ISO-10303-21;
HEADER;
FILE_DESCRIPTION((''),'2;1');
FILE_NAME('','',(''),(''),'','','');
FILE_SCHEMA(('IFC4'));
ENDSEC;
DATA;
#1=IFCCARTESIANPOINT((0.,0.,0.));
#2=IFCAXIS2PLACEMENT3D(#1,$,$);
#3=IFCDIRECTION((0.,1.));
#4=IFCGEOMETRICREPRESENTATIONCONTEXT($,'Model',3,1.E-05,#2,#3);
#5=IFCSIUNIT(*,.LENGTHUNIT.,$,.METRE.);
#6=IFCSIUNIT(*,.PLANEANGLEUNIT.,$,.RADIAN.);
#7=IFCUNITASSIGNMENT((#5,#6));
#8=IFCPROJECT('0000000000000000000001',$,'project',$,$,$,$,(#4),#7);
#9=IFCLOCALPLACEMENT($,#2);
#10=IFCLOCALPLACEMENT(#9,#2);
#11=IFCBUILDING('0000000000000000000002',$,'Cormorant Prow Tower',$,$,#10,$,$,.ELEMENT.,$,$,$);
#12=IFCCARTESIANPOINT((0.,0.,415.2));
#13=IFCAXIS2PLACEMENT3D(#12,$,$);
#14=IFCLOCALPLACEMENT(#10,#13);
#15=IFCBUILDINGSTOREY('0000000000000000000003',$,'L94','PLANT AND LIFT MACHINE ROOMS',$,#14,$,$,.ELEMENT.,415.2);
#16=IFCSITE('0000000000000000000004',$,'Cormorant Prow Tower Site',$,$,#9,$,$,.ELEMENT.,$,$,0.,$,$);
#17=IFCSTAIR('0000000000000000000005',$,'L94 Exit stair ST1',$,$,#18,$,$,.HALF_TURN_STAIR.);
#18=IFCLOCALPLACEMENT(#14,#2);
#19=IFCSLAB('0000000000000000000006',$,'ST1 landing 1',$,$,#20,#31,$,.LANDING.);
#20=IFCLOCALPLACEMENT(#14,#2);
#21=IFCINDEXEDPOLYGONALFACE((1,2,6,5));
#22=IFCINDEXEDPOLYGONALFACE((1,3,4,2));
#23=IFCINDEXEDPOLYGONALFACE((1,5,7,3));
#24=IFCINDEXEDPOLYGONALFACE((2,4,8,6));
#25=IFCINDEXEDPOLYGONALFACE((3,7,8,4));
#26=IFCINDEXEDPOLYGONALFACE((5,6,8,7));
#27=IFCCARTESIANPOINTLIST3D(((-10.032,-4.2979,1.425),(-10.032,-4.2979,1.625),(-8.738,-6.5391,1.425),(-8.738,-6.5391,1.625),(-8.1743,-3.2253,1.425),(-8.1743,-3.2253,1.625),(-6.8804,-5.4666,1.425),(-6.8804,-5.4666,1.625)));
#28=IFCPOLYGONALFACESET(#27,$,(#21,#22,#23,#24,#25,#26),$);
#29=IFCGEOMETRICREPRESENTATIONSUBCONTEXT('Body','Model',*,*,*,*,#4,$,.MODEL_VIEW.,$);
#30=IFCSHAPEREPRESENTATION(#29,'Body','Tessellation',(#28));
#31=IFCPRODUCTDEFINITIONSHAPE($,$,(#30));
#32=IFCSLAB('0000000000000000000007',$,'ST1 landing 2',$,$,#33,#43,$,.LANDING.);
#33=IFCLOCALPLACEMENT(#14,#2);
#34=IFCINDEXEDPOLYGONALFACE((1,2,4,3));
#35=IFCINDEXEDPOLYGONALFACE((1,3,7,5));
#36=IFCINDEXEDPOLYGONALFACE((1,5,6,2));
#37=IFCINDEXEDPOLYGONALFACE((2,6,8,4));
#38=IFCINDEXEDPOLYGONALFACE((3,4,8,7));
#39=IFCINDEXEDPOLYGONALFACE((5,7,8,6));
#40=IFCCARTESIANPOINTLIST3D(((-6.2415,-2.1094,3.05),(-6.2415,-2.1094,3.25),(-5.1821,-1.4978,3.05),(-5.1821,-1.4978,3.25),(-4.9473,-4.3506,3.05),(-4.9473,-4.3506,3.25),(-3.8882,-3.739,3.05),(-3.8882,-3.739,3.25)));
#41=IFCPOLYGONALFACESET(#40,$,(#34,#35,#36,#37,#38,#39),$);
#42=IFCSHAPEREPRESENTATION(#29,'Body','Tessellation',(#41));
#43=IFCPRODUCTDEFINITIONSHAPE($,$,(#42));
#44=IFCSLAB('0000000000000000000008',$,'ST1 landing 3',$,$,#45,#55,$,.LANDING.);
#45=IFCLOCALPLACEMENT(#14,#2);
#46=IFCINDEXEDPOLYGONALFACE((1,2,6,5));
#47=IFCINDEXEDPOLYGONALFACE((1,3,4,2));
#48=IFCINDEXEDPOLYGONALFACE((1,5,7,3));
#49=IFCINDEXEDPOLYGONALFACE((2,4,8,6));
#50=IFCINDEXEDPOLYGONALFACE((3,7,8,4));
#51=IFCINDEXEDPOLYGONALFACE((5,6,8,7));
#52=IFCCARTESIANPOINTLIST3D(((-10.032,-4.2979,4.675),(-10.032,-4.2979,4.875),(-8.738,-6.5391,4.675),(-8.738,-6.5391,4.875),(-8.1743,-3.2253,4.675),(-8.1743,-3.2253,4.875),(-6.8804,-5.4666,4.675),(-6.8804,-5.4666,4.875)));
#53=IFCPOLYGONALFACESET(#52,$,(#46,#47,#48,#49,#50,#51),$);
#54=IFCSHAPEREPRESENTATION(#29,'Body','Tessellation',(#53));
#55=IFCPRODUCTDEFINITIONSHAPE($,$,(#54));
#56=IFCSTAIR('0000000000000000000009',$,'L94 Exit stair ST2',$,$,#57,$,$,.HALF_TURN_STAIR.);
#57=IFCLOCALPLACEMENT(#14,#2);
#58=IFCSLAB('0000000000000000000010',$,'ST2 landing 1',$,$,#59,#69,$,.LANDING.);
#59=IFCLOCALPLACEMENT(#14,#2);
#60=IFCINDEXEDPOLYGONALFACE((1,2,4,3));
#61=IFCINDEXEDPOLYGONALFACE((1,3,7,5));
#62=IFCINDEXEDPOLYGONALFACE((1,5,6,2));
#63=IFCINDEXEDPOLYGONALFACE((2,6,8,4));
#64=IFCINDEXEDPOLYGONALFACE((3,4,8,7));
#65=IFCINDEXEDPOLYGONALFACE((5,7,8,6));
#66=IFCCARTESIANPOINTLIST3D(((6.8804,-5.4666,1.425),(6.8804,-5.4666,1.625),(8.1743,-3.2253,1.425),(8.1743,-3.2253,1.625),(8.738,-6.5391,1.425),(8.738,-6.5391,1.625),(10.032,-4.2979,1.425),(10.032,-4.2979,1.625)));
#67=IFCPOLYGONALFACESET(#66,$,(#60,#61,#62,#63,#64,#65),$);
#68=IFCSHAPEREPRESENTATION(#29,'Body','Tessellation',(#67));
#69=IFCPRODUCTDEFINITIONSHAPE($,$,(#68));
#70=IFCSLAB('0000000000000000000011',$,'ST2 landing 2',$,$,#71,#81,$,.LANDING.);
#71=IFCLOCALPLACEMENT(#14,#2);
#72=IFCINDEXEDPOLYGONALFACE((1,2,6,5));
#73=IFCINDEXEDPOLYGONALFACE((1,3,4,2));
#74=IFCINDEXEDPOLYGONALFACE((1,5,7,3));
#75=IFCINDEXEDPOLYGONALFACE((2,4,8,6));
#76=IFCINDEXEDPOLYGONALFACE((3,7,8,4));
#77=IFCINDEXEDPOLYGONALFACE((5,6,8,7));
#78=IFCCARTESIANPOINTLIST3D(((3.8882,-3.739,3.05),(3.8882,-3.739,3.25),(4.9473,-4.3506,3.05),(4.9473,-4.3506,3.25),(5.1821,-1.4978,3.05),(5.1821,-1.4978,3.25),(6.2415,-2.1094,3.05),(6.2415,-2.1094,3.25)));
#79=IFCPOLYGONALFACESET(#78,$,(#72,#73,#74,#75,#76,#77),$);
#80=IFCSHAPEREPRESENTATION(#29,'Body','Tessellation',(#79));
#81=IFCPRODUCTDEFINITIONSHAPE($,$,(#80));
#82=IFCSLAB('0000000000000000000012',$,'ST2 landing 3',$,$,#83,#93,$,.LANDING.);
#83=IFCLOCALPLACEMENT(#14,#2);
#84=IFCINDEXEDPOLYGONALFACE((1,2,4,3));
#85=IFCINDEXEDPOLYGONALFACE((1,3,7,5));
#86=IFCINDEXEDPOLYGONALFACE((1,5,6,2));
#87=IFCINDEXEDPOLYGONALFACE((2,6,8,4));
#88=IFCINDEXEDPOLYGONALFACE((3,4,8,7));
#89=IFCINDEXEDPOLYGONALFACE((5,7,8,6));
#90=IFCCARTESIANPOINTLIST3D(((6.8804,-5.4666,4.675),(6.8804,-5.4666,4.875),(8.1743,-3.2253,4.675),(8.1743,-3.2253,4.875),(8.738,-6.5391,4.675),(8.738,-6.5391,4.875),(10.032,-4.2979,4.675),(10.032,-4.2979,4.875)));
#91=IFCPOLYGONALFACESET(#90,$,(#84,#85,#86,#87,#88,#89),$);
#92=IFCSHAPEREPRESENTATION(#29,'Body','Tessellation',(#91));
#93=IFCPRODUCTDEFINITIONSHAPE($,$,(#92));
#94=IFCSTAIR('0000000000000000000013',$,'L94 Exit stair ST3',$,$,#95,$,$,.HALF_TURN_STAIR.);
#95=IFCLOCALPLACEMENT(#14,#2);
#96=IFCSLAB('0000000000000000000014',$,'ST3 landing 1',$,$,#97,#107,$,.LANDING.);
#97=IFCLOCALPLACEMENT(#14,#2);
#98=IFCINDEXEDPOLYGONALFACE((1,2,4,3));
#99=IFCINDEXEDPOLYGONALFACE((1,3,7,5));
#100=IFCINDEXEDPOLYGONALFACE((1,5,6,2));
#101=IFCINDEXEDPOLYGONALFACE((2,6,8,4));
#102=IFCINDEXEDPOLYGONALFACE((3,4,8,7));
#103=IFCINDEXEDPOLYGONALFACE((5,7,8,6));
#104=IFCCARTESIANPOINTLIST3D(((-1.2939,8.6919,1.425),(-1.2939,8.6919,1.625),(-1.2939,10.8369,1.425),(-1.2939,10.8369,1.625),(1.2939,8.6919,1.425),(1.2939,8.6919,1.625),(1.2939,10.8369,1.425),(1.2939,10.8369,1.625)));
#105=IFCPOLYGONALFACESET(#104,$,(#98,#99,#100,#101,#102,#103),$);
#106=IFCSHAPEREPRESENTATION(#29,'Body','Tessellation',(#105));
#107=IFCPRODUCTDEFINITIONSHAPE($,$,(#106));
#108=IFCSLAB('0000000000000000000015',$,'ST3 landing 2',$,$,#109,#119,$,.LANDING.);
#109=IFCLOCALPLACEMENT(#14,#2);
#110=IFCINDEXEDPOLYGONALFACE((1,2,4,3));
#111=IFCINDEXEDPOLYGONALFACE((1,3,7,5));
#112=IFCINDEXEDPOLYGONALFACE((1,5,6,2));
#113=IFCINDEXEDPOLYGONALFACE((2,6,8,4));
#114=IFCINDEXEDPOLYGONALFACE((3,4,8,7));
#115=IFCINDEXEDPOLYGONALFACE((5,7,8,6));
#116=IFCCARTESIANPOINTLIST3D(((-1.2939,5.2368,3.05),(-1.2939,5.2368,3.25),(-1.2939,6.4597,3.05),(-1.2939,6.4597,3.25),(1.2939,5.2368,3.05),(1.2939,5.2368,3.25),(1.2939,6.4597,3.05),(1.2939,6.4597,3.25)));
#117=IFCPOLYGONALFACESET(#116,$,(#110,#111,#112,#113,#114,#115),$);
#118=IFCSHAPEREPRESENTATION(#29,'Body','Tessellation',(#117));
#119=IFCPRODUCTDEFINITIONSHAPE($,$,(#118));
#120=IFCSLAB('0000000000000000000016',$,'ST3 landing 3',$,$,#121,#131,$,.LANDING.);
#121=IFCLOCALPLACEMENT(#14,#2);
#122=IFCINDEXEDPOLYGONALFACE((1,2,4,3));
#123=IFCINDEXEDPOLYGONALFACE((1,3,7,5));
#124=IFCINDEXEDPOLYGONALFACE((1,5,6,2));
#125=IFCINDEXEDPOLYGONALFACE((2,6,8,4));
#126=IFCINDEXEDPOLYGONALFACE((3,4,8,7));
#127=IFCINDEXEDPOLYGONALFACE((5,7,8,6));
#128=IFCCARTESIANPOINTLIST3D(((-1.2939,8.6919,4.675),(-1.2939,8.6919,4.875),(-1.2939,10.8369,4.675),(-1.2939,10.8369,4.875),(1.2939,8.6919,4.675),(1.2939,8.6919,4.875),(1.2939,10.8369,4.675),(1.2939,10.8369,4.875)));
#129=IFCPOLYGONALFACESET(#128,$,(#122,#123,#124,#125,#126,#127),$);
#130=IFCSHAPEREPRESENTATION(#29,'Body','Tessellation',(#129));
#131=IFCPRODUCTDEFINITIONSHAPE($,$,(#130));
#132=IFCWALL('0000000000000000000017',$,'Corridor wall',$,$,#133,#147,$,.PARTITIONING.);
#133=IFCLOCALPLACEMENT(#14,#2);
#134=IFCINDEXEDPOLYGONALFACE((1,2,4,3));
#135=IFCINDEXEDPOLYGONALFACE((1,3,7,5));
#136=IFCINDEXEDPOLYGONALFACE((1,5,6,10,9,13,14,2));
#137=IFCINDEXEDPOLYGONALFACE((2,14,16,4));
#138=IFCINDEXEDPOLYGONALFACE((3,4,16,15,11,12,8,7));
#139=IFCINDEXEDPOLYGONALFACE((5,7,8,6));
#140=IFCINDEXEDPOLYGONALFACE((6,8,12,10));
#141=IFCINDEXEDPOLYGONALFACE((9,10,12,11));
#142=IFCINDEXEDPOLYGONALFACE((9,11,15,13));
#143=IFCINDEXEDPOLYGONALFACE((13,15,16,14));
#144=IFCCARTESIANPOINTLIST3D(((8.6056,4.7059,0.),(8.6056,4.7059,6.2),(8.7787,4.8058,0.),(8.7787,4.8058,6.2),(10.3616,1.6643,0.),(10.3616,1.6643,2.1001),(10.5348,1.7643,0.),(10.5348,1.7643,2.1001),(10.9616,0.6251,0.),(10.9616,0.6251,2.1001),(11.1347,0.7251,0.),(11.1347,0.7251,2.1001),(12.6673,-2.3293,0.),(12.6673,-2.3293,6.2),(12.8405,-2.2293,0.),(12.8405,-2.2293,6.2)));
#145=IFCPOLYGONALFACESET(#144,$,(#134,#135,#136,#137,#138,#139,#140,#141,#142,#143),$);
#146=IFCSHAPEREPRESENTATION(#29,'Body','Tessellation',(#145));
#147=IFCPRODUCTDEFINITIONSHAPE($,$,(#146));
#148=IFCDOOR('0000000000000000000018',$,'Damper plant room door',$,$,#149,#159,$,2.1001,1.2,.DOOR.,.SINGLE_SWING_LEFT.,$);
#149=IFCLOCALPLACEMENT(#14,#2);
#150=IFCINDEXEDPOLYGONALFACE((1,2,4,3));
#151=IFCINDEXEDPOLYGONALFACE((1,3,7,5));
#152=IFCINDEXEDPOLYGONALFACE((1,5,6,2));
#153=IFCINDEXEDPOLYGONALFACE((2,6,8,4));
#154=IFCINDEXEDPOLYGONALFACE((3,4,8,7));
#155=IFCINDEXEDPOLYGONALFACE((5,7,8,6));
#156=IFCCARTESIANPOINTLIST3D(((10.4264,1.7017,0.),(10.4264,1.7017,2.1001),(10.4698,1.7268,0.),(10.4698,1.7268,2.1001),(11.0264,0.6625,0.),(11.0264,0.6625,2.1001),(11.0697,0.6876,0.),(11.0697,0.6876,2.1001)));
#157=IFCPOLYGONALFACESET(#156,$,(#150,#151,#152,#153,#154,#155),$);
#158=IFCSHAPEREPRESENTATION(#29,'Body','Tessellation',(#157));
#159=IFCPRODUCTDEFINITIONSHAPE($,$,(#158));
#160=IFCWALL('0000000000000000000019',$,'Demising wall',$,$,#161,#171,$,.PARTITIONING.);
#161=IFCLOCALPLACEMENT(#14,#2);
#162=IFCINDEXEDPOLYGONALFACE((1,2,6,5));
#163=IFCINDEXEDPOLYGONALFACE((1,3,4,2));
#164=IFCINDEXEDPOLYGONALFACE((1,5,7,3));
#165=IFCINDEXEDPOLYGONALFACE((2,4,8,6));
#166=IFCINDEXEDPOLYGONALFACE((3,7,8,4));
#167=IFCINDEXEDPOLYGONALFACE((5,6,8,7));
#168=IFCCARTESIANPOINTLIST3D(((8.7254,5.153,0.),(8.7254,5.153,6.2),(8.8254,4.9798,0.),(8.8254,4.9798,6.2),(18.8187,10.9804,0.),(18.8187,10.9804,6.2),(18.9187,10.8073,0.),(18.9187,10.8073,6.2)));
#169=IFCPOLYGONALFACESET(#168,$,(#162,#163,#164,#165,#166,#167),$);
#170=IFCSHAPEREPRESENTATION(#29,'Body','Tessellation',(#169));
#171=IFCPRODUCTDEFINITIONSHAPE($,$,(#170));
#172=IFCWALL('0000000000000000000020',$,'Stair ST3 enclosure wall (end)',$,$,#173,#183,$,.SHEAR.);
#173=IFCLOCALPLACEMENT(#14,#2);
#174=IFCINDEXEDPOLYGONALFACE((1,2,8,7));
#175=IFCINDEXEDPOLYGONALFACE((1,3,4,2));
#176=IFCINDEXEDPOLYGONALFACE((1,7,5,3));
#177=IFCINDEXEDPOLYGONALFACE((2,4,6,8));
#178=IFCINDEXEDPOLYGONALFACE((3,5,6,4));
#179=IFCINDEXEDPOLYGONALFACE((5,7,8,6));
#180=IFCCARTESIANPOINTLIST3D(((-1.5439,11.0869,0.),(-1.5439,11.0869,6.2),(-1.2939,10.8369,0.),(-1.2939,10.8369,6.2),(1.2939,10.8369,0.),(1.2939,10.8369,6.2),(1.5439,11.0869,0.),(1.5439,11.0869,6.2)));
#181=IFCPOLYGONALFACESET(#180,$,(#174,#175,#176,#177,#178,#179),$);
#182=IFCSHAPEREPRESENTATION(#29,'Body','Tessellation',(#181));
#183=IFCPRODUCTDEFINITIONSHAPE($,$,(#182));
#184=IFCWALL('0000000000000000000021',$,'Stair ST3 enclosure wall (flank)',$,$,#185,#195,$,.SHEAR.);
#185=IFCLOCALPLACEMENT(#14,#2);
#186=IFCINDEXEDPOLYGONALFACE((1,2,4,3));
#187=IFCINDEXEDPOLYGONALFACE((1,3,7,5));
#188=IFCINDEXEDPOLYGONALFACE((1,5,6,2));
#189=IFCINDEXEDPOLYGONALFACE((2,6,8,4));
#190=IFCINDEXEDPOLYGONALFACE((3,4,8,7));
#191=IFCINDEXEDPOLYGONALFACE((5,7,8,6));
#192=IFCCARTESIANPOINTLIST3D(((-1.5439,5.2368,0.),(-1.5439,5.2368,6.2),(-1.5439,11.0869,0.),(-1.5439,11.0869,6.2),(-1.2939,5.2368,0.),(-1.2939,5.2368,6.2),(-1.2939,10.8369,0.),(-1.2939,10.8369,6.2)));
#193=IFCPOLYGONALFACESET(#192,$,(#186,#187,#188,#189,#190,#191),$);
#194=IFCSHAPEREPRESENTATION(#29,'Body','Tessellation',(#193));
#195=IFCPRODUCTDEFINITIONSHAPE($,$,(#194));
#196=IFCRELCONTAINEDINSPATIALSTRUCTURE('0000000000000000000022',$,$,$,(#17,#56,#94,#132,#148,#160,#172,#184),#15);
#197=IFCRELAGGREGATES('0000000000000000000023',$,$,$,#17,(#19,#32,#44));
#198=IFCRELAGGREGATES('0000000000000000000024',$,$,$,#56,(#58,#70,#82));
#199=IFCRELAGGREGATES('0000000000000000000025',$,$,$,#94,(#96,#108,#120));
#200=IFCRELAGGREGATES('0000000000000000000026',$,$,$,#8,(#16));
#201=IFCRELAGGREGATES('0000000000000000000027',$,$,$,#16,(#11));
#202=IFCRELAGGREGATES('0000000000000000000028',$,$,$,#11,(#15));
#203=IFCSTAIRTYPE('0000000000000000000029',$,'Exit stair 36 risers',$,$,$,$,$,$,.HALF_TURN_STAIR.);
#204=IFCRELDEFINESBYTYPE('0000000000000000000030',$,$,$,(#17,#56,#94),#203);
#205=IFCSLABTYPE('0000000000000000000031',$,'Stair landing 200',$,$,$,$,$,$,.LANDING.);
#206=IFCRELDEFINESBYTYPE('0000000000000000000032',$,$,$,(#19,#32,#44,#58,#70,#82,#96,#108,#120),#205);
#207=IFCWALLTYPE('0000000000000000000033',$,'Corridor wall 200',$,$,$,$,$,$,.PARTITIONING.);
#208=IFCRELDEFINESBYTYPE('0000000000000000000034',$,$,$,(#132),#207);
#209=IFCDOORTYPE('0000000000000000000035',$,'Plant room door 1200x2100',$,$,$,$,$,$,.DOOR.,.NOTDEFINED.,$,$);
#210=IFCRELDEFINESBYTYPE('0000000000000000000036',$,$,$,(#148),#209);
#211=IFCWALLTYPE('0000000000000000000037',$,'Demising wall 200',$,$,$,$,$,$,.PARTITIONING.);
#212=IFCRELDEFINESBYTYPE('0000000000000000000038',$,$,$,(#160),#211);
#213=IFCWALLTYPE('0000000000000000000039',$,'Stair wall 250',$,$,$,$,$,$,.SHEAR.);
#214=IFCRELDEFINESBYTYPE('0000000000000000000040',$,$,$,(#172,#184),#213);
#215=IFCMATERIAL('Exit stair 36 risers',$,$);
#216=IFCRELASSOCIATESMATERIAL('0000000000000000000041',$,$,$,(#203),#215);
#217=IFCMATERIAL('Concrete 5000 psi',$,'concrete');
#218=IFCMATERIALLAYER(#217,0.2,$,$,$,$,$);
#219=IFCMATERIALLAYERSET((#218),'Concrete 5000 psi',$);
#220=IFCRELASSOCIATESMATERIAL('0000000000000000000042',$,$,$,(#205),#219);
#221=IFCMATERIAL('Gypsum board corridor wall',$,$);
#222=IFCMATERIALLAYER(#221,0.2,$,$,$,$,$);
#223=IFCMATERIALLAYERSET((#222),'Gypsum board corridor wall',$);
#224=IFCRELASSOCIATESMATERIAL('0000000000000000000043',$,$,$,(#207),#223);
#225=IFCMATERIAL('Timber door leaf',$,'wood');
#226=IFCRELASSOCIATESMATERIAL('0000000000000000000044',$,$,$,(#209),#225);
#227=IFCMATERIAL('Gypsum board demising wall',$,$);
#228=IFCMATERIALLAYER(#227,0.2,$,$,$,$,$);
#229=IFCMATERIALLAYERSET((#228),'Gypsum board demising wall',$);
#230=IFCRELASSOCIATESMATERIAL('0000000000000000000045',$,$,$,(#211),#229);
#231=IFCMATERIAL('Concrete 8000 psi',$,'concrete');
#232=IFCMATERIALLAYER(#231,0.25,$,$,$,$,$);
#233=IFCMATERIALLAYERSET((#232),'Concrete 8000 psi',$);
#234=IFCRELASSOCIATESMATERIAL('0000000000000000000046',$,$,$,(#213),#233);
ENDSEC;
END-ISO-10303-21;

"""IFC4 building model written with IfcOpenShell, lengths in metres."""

from ifc_helpers import new_model, si_unit, direction, frame, frame_2d, origin, place, context, subcontext, project, spatial, polyline, rectangle, outline, extrude, material, layer, layer_set, type_object, element, fill, aggregate, save


model = new_model("IFC4")

# Units and contexts
model_context = context("Model", 3, precision=1e-05, world=origin(), true_north=direction((0.0, 1.0)))
body_context = subcontext(model_context, "Body", "Model", "MODEL_VIEW")
ifc_project = project(units=[si_unit("LENGTHUNIT", "METRE"), si_unit("PLANEANGLEUNIT", "RADIAN")], contexts=[model_context])

# Site, building, storey
site_placement = place(None, origin())
site = spatial("IfcSite", under=ifc_project, at=site_placement, Name="Cormorant Prow Tower Site", CompositionType="ELEMENT", RefElevation=0.0)
building_placement = place(site_placement, origin())
building = spatial("IfcBuilding", under=site, at=building_placement, Name="Cormorant Prow Tower", CompositionType="ELEMENT")
storey_placement = place(building_placement, frame((0.0, 0.0, 415.2)))
storey = spatial("IfcBuildingStorey", under=building, at=storey_placement, Name="L94", Description="PLANT AND LIFT MACHINE ROOMS", CompositionType="ELEMENT", Elevation=415.2)

# Stairs, slabs
ifc_material_1 = material(Name="Exit stair 36 risers")
stair_type = type_object("IfcStairType", Name="Exit stair 36 risers", PredefinedType="HALF_TURN_STAIR", material=ifc_material_1)
stair_1_placement = place(storey_placement, origin())
stair_1 = element("IfcStair", 1, at=stair_1_placement, inside=storey, type_object=stair_type, Name="L94 Exit stair ST1", PredefinedType="HALF_TURN_STAIR")
ifc_material_2 = material(Name="Concrete 5000 psi", Category="concrete")
ifc_layer_1 = layer(ifc_material_2, 0.2)
ifc_layer_set_1 = layer_set([ifc_layer_1], Name="Concrete 5000 psi")
slab_type = type_object("IfcSlabType", Name="Stair landing 200", PredefinedType="LANDING", material=ifc_layer_set_1)
slab_1_placement = place(storey_placement, frame((0.0, 0.0, 1.425)))
slab_1 = element("IfcSlab", 2, at=slab_1_placement, type_object=slab_type, Name="ST1 landing 1", PredefinedType="LANDING", context=body_context, shape_type="SweptSolid", body=[
    extrude(outline(polyline([(-8.1743, -3.2253), (-10.032, -4.2979), (-8.738, -6.5391), (-6.8804, -5.4666), (-8.1743, -3.2253)])), origin(), (0.0, 0.0, 1.0), 0.2),
])
slab_2_placement = place(storey_placement, frame((0.0, 0.0, 3.05)))
slab_2 = element("IfcSlab", 3, at=slab_2_placement, type_object=slab_type, Name="ST1 landing 2", PredefinedType="LANDING", context=body_context, shape_type="SweptSolid", body=[
    extrude(outline(polyline([(-5.1821, -1.4978), (-6.2415, -2.1094), (-4.9473, -4.3506), (-3.8882, -3.739), (-5.1821, -1.4978)])), origin(), (0.0, 0.0, 1.0), 0.2),
])
slab_3_placement = place(storey_placement, frame((0.0, 0.0, 4.675)))
slab_3 = element("IfcSlab", 4, at=slab_3_placement, type_object=slab_type, Name="ST1 landing 3", PredefinedType="LANDING", context=body_context, shape_type="SweptSolid", body=[
    extrude(outline(polyline([(-8.1743, -3.2253), (-10.032, -4.2979), (-8.738, -6.5391), (-6.8804, -5.4666), (-8.1743, -3.2253)])), origin(), (0.0, 0.0, 1.0), 0.2),
])
aggregate(stair_1, [slab_1, slab_2, slab_3])
stair_2_placement = place(storey_placement, origin())
stair_2 = element("IfcStair", 5, at=stair_2_placement, inside=storey, type_object=stair_type, Name="L94 Exit stair ST2", PredefinedType="HALF_TURN_STAIR")
slab_4_placement = place(storey_placement, frame((0.0, 0.0, 1.425)))
slab_4 = element("IfcSlab", 6, at=slab_4_placement, type_object=slab_type, Name="ST2 landing 1", PredefinedType="LANDING", context=body_context, shape_type="SweptSolid", body=[
    extrude(outline(polyline([(6.8804, -5.4666), (8.738, -6.5391), (10.032, -4.2979), (8.1743, -3.2253), (6.8804, -5.4666)])), origin(), (0.0, 0.0, 1.0), 0.2),
])
slab_5_placement = place(storey_placement, frame((0.0, 0.0, 3.05)))
slab_5 = element("IfcSlab", 7, at=slab_5_placement, type_object=slab_type, Name="ST2 landing 2", PredefinedType="LANDING", context=body_context, shape_type="SweptSolid", body=[
    extrude(outline(polyline([(3.8882, -3.739), (4.9473, -4.3506), (6.2415, -2.1094), (5.1821, -1.4978), (3.8882, -3.739)])), origin(), (0.0, 0.0, 1.0), 0.2),
])
slab_6_placement = place(storey_placement, frame((0.0, 0.0, 4.675)))
slab_6 = element("IfcSlab", 8, at=slab_6_placement, type_object=slab_type, Name="ST2 landing 3", PredefinedType="LANDING", context=body_context, shape_type="SweptSolid", body=[
    extrude(outline(polyline([(6.8804, -5.4666), (8.738, -6.5391), (10.032, -4.2979), (8.1743, -3.2253), (6.8804, -5.4666)])), origin(), (0.0, 0.0, 1.0), 0.2),
])
aggregate(stair_2, [slab_4, slab_5, slab_6])
stair_3_placement = place(storey_placement, origin())
stair_3 = element("IfcStair", 9, at=stair_3_placement, inside=storey, type_object=stair_type, Name="L94 Exit stair ST3", PredefinedType="HALF_TURN_STAIR")
slab_7_placement = place(storey_placement, frame((0.0, 0.0, 1.425)))
slab_7 = element("IfcSlab", 10, at=slab_7_placement, type_object=slab_type, Name="ST3 landing 1", PredefinedType="LANDING", context=body_context, shape_type="SweptSolid", body=[
    extrude(outline(polyline([(1.2939, 8.6919), (1.2939, 10.8369), (-1.2939, 10.8369), (-1.2939, 8.6919), (1.2939, 8.6919)])), origin(), (0.0, 0.0, 1.0), 0.2),
])
slab_8_placement = place(storey_placement, frame((0.0, 0.0, 3.05)))
slab_8 = element("IfcSlab", 11, at=slab_8_placement, type_object=slab_type, Name="ST3 landing 2", PredefinedType="LANDING", context=body_context, shape_type="SweptSolid", body=[
    extrude(outline(polyline([(1.2939, 5.2368), (1.2939, 6.4597), (-1.2939, 6.4597), (-1.2939, 5.2368), (1.2939, 5.2368)])), origin(), (0.0, 0.0, 1.0), 0.2),
])
slab_9_placement = place(storey_placement, frame((0.0, 0.0, 4.675)))
slab_9 = element("IfcSlab", 12, at=slab_9_placement, type_object=slab_type, Name="ST3 landing 3", PredefinedType="LANDING", context=body_context, shape_type="SweptSolid", body=[
    extrude(outline(polyline([(1.2939, 8.6919), (1.2939, 10.8369), (-1.2939, 10.8369), (-1.2939, 8.6919), (1.2939, 8.6919)])), origin(), (0.0, 0.0, 1.0), 0.2),
])

# Wall, opening, door
ifc_material_3 = material(Name="Gypsum board corridor wall")
ifc_layer_2 = layer(ifc_material_3, 0.2)
ifc_layer_set_2 = layer_set([ifc_layer_2], Name="Gypsum board corridor wall")
wall_type_1 = type_object("IfcWallType", Name="Corridor wall 200", PredefinedType="PARTITIONING", material=ifc_layer_set_2)
wall_1_placement = place(storey_placement, frame((8.6921, 4.7559, 0.0), z_axis=(0.0, 0.0, 1.0), x_axis=(0.500002, -0.866024, 0.0)))
wall_1 = element("IfcWall", 13, at=wall_1_placement, inside=storey, type_object=wall_type_1, Name="Corridor wall", PredefinedType="PARTITIONING", context=body_context, shape_type="SweptSolid", body=[
    extrude(rectangle(XDim=8.1235, YDim=0.2, at=frame_2d((4.0618, 0.0))), origin(), (0.0, 0.0, 1.0), 6.2),
])
opening_1_placement = place(wall_1_placement, frame((3.512, 0.0, 0.0)))
opening_1 = element("IfcOpeningElement", 14, at=opening_1_placement, cuts=wall_1, PredefinedType="OPENING", context=body_context, shape_type="SweptSolid", body=[
    extrude(rectangle(XDim=1.2, YDim=2.1001, at=frame_2d((0.6001, 1.05))), frame((0.0, 0.1099, 0.0), z_axis=(0.0, -1.0, 0.0), x_axis=(1.0, 0.0, 0.0)), (0.0, 0.0, 1.0), 0.22),
])
ifc_material_4 = material(Name="Timber door leaf", Category="wood")
door_type_1 = type_object("IfcDoorType", Name="Plant room door 1200x2100", OperationType="NOTDEFINED", PredefinedType="DOOR", material=ifc_material_4)
door_1_placement = place(opening_1_placement, origin())
door_1 = element("IfcDoor", 15, at=door_1_placement, inside=storey, type_object=door_type_1, Name="Damper plant room door", OperationType="SINGLE_SWING_LEFT", OverallHeight=2.1001, OverallWidth=1.2, PredefinedType="DOOR", context=body_context, shape_type="SweptSolid", body=[
    extrude(rectangle(XDim=1.2, YDim=2.1001, at=frame_2d((0.6001, 1.05))), frame((0.0, 0.0249, 0.0), z_axis=(0.0, -1.0, 0.0), x_axis=(1.0, 0.0, 0.0)), (0.0, 0.0, 1.0), 0.05),
])
fill(opening_1, door_1)

# Walls
ifc_material_5 = material(Name="Gypsum board demising wall")
ifc_layer_3 = layer(ifc_material_5, 0.2)
ifc_layer_set_3 = layer_set([ifc_layer_3], Name="Gypsum board demising wall")
wall_type_2 = type_object("IfcWallType", Name="Demising wall 200", PredefinedType="PARTITIONING", material=ifc_layer_set_3)
wall_2_placement = place(storey_placement, frame((8.7754, 5.0664, 0.0), z_axis=(0.0, 0.0, 1.0), x_axis=(0.866024, 0.500003, 0.0)))
element("IfcWall", 16, at=wall_2_placement, inside=storey, type_object=wall_type_2, Name="Demising wall", PredefinedType="PARTITIONING", context=body_context, shape_type="SweptSolid", body=[
    extrude(rectangle(XDim=11.6548, YDim=0.2, at=frame_2d((5.8274, 0.0))), origin(), (0.0, 0.0, 1.0), 6.2),
])
ifc_material_6 = material(Name="Concrete 8000 psi", Category="concrete")
ifc_layer_4 = layer(ifc_material_6, 0.25)
ifc_layer_set_4 = layer_set([ifc_layer_4], Name="Concrete 8000 psi")
wall_type_3 = type_object("IfcWallType", Name="Stair wall 250", PredefinedType="SHEAR", material=ifc_layer_set_4)
wall_3_placement = place(storey_placement, origin())
element("IfcWall", 17, at=wall_3_placement, inside=storey, type_object=wall_type_3, Name="Stair ST3 enclosure wall (end)", PredefinedType="SHEAR", context=body_context, shape_type="SweptSolid", body=[
    extrude(outline(polyline([(1.5439, 11.0869), (-1.5439, 11.0869), (-1.2939, 10.8369), (1.2939, 10.8369), (1.5439, 11.0869)])), origin(), (0.0, 0.0, 1.0), 6.2),
])
wall_4_placement = place(storey_placement, origin())
element("IfcWall", 18, at=wall_4_placement, inside=storey, type_object=wall_type_3, Name="Stair ST3 enclosure wall (flank)", PredefinedType="SHEAR", context=body_context, shape_type="SweptSolid", body=[
    extrude(outline(polyline([(-1.2939, 10.8369), (-1.5439, 11.0869), (-1.5439, 5.2368), (-1.2939, 5.2368), (-1.2939, 10.8369)])), origin(), (0.0, 0.0, 1.0), 6.2),
])

aggregate(stair_3, [slab_7, slab_8, slab_9])

save(model, "model.ifc")
